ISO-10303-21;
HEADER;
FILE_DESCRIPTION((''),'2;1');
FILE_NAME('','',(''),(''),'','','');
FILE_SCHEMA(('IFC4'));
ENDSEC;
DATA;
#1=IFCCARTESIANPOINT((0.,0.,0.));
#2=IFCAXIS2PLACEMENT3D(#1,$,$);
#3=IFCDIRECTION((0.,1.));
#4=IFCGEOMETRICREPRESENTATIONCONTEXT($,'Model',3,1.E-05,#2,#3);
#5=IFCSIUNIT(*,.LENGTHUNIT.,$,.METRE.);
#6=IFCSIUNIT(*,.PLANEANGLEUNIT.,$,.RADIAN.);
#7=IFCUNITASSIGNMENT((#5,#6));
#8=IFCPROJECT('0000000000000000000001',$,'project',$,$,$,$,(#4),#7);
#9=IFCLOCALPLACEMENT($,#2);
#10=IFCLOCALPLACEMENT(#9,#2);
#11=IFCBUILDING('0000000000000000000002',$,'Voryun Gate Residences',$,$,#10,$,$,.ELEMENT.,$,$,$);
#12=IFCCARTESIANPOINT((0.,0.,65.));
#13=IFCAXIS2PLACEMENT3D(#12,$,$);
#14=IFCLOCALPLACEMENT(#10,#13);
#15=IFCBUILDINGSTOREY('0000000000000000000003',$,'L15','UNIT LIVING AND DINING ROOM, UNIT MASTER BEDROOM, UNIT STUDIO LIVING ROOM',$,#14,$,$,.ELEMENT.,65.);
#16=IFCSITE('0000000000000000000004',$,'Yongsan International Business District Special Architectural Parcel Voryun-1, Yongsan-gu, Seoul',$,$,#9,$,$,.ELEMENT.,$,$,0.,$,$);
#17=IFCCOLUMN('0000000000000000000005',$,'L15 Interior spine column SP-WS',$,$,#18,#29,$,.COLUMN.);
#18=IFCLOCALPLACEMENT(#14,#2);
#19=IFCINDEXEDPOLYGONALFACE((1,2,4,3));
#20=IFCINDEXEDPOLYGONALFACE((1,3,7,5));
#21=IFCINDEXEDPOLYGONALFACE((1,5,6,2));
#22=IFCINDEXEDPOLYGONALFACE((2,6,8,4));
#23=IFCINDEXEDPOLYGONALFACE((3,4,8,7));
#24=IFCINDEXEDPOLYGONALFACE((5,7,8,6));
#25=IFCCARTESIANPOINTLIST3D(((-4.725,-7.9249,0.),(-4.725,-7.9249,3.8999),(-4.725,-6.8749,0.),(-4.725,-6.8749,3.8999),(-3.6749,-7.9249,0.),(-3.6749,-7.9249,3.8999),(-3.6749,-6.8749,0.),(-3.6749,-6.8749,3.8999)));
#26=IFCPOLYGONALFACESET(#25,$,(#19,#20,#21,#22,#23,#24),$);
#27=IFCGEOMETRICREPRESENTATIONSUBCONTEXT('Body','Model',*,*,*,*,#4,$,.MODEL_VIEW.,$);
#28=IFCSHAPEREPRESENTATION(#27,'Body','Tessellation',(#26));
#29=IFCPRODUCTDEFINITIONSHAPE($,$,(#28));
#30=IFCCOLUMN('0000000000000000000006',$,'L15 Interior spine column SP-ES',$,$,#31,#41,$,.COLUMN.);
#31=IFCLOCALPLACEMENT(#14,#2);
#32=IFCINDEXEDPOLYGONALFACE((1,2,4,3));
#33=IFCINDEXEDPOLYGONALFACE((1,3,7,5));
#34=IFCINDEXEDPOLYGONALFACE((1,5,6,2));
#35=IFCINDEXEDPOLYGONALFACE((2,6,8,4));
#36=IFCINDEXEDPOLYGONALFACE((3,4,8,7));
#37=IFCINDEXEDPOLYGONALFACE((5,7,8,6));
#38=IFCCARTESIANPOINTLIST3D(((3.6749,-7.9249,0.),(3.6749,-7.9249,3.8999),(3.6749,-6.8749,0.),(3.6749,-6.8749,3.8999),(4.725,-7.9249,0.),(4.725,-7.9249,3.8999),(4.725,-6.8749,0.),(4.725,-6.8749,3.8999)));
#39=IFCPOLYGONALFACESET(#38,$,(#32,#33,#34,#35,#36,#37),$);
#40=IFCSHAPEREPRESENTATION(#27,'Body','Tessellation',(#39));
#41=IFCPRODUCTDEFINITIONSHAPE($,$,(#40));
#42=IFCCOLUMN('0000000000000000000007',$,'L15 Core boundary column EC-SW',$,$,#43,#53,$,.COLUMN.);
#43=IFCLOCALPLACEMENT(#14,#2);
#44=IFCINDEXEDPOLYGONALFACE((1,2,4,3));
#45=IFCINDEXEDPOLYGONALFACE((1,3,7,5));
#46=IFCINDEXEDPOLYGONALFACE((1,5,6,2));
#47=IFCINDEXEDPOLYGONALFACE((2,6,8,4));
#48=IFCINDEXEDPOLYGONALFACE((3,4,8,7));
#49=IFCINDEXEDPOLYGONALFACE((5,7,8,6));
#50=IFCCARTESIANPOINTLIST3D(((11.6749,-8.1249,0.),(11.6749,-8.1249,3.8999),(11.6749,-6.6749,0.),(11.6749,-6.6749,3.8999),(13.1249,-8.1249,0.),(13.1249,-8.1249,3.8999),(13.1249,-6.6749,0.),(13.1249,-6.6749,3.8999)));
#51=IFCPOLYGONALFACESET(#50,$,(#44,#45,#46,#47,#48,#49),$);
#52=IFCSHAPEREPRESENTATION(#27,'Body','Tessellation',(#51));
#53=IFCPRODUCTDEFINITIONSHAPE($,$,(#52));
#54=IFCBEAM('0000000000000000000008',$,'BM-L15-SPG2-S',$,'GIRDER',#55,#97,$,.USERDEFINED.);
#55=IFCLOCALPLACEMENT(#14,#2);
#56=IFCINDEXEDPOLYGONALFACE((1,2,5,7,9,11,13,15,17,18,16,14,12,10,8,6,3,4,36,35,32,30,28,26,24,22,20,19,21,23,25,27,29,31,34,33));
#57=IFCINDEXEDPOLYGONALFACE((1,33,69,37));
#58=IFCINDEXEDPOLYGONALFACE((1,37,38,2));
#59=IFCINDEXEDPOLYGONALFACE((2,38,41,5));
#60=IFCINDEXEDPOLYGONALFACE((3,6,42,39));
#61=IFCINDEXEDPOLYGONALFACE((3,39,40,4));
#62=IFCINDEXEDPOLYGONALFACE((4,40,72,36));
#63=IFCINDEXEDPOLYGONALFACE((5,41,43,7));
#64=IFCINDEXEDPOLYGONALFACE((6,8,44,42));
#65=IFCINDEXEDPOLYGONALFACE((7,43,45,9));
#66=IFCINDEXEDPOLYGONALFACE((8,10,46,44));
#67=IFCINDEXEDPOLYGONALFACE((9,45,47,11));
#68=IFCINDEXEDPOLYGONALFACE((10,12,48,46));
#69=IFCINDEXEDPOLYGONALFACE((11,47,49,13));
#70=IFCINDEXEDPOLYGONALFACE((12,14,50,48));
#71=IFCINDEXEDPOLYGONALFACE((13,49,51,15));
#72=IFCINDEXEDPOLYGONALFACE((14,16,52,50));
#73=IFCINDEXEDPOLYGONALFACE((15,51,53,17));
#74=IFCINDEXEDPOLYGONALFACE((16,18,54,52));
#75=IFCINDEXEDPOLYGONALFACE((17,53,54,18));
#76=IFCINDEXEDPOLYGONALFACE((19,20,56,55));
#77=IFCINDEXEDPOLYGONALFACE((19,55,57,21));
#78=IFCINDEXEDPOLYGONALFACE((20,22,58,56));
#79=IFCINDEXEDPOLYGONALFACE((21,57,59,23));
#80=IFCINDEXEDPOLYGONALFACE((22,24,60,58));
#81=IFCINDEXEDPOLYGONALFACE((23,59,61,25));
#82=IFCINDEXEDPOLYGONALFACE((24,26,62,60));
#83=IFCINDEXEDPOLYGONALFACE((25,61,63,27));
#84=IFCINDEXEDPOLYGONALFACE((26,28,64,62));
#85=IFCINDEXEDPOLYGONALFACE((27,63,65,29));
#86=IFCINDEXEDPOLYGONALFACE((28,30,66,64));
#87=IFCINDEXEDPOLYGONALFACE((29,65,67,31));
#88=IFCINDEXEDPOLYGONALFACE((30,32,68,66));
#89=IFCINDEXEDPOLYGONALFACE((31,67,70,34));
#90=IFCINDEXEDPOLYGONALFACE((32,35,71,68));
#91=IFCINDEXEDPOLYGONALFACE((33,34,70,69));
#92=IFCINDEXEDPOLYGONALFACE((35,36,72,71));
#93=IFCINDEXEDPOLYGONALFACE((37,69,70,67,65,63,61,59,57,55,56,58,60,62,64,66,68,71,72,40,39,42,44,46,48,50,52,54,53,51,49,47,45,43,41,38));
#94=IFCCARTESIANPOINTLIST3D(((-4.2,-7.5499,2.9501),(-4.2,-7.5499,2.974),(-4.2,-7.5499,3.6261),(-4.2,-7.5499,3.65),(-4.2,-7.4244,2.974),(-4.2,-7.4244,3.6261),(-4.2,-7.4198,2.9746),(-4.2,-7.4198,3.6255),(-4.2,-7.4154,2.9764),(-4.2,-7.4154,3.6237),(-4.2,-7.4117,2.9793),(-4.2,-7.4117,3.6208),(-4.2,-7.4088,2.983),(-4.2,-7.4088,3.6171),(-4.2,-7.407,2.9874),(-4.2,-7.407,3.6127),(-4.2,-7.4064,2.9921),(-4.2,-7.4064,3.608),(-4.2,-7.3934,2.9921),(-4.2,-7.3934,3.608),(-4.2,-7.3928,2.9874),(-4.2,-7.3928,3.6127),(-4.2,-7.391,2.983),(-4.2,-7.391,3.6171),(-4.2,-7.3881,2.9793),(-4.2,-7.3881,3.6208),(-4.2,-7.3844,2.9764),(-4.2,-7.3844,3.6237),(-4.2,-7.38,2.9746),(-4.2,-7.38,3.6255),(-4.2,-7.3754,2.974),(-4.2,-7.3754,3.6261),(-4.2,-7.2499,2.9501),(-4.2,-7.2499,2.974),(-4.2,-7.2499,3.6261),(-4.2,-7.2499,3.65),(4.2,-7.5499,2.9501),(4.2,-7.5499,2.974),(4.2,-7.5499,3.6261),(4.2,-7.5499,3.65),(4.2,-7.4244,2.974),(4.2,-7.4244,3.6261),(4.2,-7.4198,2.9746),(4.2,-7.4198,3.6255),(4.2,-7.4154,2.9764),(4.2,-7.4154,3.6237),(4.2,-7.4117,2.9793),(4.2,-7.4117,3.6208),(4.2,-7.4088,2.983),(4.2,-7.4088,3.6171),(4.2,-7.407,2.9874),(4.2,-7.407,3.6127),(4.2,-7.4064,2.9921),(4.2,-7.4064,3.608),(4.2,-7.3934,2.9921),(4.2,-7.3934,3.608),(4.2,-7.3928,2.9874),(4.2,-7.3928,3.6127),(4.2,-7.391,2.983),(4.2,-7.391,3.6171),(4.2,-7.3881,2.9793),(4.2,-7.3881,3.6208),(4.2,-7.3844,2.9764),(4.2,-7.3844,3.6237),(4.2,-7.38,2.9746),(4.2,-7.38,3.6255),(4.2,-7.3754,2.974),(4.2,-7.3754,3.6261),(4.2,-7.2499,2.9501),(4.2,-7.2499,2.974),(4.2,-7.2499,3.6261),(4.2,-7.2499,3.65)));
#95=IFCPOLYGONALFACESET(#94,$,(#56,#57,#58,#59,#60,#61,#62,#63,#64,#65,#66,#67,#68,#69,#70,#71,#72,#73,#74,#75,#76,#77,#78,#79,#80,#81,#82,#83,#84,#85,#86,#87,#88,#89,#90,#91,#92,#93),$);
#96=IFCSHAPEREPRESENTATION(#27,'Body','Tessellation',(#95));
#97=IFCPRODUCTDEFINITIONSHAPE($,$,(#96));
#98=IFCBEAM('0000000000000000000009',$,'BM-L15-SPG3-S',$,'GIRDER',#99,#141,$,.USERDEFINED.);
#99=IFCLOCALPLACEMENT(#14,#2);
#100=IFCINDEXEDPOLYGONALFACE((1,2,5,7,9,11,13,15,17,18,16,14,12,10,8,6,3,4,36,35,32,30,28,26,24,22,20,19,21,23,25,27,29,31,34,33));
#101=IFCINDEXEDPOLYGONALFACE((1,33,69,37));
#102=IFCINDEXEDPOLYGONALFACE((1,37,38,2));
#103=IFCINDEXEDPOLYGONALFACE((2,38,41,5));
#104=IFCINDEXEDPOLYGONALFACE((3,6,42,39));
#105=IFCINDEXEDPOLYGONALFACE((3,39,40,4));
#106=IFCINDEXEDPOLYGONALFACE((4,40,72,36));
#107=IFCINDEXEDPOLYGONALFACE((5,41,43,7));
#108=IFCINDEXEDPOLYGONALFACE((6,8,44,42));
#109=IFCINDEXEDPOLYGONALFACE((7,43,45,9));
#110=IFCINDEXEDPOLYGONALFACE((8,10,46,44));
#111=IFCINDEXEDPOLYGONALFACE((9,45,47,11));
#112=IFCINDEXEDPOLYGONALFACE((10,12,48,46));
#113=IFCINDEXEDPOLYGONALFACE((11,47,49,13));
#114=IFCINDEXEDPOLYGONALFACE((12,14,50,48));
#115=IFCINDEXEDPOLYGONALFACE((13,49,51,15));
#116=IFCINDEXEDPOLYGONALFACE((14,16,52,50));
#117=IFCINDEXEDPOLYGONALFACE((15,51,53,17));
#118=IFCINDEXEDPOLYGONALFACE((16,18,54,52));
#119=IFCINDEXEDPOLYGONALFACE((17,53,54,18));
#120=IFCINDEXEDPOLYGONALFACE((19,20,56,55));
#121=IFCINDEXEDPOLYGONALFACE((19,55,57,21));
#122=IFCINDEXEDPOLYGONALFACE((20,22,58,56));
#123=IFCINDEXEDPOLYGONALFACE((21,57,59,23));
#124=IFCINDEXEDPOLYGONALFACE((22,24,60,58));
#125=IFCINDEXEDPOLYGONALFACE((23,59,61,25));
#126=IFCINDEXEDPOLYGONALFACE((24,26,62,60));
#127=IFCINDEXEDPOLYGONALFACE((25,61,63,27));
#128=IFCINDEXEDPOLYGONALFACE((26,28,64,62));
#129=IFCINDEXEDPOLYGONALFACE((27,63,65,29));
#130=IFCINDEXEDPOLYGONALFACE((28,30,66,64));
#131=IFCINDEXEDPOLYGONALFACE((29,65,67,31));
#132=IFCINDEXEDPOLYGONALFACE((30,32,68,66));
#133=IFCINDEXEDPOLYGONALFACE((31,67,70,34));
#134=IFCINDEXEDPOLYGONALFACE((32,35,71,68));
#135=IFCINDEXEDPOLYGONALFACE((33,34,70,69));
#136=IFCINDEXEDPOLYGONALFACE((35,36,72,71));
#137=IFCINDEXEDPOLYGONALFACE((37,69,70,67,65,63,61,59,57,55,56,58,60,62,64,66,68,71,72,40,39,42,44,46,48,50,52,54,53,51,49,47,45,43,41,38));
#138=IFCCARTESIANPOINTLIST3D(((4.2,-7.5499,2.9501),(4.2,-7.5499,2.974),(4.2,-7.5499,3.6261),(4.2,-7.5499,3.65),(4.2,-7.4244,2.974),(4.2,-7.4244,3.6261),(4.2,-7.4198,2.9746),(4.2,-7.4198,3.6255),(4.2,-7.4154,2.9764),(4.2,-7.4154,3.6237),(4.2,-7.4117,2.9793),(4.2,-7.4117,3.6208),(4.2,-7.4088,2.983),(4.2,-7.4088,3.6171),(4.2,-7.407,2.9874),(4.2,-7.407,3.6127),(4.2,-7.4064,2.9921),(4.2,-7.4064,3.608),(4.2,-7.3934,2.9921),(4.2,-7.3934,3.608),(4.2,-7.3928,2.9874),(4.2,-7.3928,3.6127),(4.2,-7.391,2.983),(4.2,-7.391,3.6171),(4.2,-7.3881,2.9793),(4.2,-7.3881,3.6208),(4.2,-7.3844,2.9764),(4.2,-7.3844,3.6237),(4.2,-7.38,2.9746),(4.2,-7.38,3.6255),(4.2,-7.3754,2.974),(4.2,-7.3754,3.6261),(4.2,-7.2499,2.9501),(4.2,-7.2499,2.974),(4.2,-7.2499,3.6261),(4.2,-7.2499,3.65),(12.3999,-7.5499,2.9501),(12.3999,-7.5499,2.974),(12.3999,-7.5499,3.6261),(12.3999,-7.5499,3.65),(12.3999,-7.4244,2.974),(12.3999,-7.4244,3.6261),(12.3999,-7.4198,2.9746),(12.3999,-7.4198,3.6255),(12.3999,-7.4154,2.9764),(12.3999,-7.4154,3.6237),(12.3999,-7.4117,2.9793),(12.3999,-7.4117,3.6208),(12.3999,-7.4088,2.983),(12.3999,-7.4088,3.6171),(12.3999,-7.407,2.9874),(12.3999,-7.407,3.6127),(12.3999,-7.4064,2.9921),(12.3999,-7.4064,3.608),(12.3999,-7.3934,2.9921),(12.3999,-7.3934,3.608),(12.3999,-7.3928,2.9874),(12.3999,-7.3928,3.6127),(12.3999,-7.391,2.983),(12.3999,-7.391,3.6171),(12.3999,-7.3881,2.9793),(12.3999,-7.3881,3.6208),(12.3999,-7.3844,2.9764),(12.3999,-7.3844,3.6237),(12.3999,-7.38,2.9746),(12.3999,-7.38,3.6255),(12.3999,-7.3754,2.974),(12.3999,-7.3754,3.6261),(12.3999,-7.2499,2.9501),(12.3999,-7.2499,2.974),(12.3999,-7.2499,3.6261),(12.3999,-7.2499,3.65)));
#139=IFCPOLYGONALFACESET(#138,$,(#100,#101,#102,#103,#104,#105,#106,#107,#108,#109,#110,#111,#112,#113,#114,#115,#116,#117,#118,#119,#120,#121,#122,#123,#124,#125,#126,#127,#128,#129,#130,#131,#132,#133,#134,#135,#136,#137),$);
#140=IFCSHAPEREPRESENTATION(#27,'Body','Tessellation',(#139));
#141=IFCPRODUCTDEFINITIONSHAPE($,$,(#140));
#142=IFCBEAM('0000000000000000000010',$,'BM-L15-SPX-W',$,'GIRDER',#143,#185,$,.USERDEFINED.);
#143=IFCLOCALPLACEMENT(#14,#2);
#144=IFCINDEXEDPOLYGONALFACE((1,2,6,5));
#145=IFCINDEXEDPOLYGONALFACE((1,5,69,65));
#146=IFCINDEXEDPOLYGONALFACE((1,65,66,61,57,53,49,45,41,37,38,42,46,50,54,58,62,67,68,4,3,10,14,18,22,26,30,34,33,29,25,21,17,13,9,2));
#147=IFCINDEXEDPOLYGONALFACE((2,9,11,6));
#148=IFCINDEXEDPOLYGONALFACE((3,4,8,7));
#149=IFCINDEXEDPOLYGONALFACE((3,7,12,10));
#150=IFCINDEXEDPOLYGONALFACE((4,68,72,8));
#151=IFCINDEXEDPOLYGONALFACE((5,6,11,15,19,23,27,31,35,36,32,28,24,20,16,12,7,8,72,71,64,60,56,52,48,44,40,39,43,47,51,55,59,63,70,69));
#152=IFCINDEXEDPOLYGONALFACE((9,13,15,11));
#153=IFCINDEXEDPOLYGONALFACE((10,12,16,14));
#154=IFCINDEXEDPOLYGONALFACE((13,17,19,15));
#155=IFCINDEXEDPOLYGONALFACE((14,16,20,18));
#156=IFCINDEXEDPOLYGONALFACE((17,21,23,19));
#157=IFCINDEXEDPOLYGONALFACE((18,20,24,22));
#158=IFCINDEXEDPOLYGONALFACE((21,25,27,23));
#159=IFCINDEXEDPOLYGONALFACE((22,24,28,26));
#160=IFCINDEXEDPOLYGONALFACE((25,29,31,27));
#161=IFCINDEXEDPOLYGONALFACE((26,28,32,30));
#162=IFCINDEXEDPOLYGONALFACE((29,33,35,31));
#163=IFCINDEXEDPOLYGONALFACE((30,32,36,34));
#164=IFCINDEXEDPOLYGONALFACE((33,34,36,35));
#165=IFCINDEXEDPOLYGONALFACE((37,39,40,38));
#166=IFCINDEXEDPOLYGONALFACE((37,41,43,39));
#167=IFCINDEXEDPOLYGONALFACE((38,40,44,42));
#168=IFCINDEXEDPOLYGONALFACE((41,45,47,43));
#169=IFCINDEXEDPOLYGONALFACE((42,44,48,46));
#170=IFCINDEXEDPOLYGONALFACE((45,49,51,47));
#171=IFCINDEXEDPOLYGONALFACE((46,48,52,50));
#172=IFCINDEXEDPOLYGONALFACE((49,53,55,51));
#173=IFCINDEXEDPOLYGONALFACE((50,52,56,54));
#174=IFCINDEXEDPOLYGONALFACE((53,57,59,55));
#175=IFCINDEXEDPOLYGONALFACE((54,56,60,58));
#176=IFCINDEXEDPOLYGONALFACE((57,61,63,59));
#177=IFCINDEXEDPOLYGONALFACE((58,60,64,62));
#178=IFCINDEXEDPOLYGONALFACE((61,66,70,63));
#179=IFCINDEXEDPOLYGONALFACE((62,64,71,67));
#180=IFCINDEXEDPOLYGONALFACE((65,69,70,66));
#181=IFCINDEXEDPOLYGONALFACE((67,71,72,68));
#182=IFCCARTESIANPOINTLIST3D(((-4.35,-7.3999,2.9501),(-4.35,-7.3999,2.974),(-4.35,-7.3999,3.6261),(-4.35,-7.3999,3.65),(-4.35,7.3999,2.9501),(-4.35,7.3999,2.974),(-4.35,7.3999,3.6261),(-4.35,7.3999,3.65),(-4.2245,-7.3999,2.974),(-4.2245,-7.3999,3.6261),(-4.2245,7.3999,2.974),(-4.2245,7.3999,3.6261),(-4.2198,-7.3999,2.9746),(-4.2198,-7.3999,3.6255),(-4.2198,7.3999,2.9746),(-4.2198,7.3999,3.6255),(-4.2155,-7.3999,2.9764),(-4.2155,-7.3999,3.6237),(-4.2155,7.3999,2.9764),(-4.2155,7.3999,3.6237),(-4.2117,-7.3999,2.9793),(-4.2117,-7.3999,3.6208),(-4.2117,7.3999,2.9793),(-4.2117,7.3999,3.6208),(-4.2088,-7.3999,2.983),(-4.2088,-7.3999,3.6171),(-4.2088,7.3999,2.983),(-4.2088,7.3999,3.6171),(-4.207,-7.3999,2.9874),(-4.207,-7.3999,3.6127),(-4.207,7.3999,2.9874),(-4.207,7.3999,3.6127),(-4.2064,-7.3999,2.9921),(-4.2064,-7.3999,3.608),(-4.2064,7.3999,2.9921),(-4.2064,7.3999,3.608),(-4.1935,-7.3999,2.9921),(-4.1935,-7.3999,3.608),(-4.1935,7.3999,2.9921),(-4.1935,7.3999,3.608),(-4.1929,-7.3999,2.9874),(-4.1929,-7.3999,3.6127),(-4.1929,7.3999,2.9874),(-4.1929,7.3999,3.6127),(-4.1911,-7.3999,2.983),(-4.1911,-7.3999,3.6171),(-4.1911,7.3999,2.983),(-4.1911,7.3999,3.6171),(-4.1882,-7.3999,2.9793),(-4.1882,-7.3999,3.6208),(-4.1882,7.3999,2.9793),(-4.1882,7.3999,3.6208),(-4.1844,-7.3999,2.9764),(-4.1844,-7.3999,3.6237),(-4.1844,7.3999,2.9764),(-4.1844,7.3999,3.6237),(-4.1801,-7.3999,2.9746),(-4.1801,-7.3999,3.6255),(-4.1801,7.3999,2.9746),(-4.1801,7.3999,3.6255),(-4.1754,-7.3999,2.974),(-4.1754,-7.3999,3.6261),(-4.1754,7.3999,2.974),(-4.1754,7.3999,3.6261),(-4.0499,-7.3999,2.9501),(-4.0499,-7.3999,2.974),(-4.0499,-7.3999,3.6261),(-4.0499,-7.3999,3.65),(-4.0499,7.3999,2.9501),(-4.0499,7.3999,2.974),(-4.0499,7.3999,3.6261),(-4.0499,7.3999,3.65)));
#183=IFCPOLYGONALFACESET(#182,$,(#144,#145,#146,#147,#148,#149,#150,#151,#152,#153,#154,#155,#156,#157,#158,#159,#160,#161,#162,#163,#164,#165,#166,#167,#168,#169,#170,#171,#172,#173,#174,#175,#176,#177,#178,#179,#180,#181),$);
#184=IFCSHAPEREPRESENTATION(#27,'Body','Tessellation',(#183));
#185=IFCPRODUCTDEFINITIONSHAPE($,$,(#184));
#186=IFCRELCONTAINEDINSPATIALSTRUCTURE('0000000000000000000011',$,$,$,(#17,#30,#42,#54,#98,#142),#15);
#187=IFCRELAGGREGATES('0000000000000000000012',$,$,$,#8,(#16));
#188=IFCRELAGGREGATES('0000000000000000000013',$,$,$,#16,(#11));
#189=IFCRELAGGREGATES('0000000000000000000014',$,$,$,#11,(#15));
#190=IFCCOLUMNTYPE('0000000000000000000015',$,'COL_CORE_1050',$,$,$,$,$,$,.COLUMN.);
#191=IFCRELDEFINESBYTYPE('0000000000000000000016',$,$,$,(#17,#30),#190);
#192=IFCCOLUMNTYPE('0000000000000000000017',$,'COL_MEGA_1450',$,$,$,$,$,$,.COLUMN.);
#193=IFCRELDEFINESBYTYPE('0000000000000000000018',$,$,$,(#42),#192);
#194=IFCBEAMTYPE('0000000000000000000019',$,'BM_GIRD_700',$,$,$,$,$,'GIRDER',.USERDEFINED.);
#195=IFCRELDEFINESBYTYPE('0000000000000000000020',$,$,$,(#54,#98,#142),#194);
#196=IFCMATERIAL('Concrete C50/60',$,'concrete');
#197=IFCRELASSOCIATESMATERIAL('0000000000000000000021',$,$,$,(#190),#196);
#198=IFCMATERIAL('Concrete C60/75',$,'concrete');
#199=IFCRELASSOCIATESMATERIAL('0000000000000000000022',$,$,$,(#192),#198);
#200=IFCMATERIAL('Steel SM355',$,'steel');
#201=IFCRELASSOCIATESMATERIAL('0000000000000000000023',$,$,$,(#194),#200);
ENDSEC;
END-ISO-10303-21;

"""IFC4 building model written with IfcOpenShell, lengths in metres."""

from ifc_helpers import new_model, si_unit, direction, frame, origin, origin_2d, place, context, subcontext, project, spatial, rectangle, i_section, extrude, material, material_profile, profile_set, type_object, element, save


model = new_model("IFC4")

# Units and contexts
model_context = context("Model", 3, precision=1e-05, world=origin(), true_north=direction((0.0, 1.0)))
body_context = subcontext(model_context, "Body", "Model", "MODEL_VIEW")
ifc_project = project(units=[si_unit("LENGTHUNIT", "METRE"), si_unit("PLANEANGLEUNIT", "RADIAN")], contexts=[model_context])

# Site, building, storey
site_placement = place(None, origin())
site = spatial("IfcSite", under=ifc_project, at=site_placement, Name="Yongsan International Business District Special Architectural Parcel Voryun-1, Yongsan-gu, Seoul", CompositionType="ELEMENT", RefElevation=0.0)
building_placement = place(site_placement, origin())
building = spatial("IfcBuilding", under=site, at=building_placement, Name="Voryun Gate Residences", CompositionType="ELEMENT")
storey_placement = place(building_placement, frame((0.0, 0.0, 65.0)))
storey = spatial("IfcBuildingStorey", under=building, at=storey_placement, Name="L15", Description="UNIT LIVING AND DINING ROOM, UNIT MASTER BEDROOM, UNIT STUDIO LIVING ROOM", CompositionType="ELEMENT", Elevation=65.0)

# Columns
ifc_material_1 = material(Name="Concrete C50/60", Category="concrete")
ifc_material_profile_1 = material_profile(ifc_material_1, rectangle(XDim=1.05, YDim=1.05, at=origin_2d()), Name="RC-1050x1050")
ifc_profile_set_1 = profile_set([ifc_material_profile_1], Name="Concrete C50/60")
column_type_1 = type_object("IfcColumnType", Name="COL_CORE_1050", PredefinedType="COLUMN", material=ifc_profile_set_1)
for number, where, z_axis, x_axis, name in (
    (1, (-4.2, -7.3999, 0.0), (0.0, 0.0, 1.0), (1.0, 0.0, 0.0), "L15 Interior spine column SP-WS"),
    (2, (4.2, -7.3999, 0.0), (0.0, 0.0, 1.0), (1.0, 0.0, 0.0), "L15 Interior spine column SP-ES"),
):
    element("IfcColumn", number, at=place(storey_placement, frame(where, z_axis=z_axis, x_axis=x_axis)), inside=storey, type_object=column_type_1, Name=name, PredefinedType="COLUMN", context=body_context, shape_type="SweptSolid", body=[
        extrude(rectangle(XDim=1.05, YDim=1.05, at=origin_2d()), origin(), (0.0, 0.0, 1.0), 3.8999),
    ])
ifc_material_2 = material(Name="Concrete C60/75", Category="concrete")
ifc_material_profile_2 = material_profile(ifc_material_2, rectangle(XDim=1.45, YDim=1.45, at=origin_2d()), Name="RC-1450x1450")
ifc_profile_set_2 = profile_set([ifc_material_profile_2], Name="Concrete C60/75")
column_type_2 = type_object("IfcColumnType", Name="COL_MEGA_1450", PredefinedType="COLUMN", material=ifc_profile_set_2)
column_placement = place(storey_placement, frame((12.3999, -7.3999, 0.0), z_axis=(0.0, 0.0, 1.0), x_axis=(1.0, 0.0, 0.0)))
element("IfcColumn", 3, at=column_placement, inside=storey, type_object=column_type_2, Name="L15 Core boundary column EC-SW", PredefinedType="COLUMN", context=body_context, shape_type="SweptSolid", body=[
    extrude(rectangle(XDim=1.45, YDim=1.45, at=origin_2d()), origin(), (0.0, 0.0, 1.0), 3.8999),
])

# Beams
ifc_material_3 = material(Name="Steel SM355", Category="steel")
ifc_material_profile_3 = material_profile(ifc_material_3, i_section(OverallWidth=0.3, OverallDepth=0.7, WebThickness=0.0129, FlangeThickness=0.0239, FilletRadius=0.0181, at=origin_2d()), Name="H-700x300x13x24")
ifc_profile_set_3 = profile_set([ifc_material_profile_3], Name="Steel SM355")
beam_type_1 = type_object("IfcBeamType", Name="BM_GIRD_700", ElementType="GIRDER", PredefinedType="USERDEFINED", material=ifc_profile_set_3)
beam_1_placement = place(storey_placement, frame((-4.2, -7.3999, 3.3), z_axis=(1.0, 0.0, 0.0), x_axis=(0.0, 1.0, 0.0)))
element("IfcBeam", 4, at=beam_1_placement, inside=storey, type_object=beam_type_1, Name="BM-L15-SPG2-S", ObjectType="GIRDER", PredefinedType="USERDEFINED", context=body_context, shape_type="SweptSolid", body=[
    extrude(i_section(OverallWidth=0.3, OverallDepth=0.7, WebThickness=0.0129, FlangeThickness=0.0239, FilletRadius=0.0181, at=origin_2d()), origin(), (0.0, 0.0, 1.0), 8.3999),
])
beam_2_placement = place(storey_placement, frame((4.2, -7.3999, 3.3), z_axis=(1.0, 0.0, 0.0), x_axis=(0.0, 1.0, 0.0)))
element("IfcBeam", 5, at=beam_2_placement, inside=storey, type_object=beam_type_1, Name="BM-L15-SPG3-S", ObjectType="GIRDER", PredefinedType="USERDEFINED", context=body_context, shape_type="SweptSolid", body=[
    extrude(i_section(OverallWidth=0.3, OverallDepth=0.7, WebThickness=0.0129, FlangeThickness=0.0239, FilletRadius=0.0181, at=origin_2d()), origin(), (0.0, 0.0, 1.0), 8.2),
])
for number, where, z_axis, x_axis, name in (
    (6, (-4.2, -7.3999, 3.3), (0.0, 1.0, 0.0), (-1.0, 0.0, 0.0), "BM-L15-SPX-W"),
):
    element("IfcBeam", number, at=place(storey_placement, frame(where, z_axis=z_axis, x_axis=x_axis)), inside=storey, type_object=beam_type_1, Name=name, ObjectType="GIRDER", PredefinedType="USERDEFINED", context=body_context, shape_type="SweptSolid", body=[
        extrude(i_section(OverallWidth=0.3, OverallDepth=0.7, WebThickness=0.0129, FlangeThickness=0.0239, FilletRadius=0.0181, at=origin_2d()), origin(), (0.0, 0.0, 1.0), 14.7998),
    ])

save(model, "model.ifc")
